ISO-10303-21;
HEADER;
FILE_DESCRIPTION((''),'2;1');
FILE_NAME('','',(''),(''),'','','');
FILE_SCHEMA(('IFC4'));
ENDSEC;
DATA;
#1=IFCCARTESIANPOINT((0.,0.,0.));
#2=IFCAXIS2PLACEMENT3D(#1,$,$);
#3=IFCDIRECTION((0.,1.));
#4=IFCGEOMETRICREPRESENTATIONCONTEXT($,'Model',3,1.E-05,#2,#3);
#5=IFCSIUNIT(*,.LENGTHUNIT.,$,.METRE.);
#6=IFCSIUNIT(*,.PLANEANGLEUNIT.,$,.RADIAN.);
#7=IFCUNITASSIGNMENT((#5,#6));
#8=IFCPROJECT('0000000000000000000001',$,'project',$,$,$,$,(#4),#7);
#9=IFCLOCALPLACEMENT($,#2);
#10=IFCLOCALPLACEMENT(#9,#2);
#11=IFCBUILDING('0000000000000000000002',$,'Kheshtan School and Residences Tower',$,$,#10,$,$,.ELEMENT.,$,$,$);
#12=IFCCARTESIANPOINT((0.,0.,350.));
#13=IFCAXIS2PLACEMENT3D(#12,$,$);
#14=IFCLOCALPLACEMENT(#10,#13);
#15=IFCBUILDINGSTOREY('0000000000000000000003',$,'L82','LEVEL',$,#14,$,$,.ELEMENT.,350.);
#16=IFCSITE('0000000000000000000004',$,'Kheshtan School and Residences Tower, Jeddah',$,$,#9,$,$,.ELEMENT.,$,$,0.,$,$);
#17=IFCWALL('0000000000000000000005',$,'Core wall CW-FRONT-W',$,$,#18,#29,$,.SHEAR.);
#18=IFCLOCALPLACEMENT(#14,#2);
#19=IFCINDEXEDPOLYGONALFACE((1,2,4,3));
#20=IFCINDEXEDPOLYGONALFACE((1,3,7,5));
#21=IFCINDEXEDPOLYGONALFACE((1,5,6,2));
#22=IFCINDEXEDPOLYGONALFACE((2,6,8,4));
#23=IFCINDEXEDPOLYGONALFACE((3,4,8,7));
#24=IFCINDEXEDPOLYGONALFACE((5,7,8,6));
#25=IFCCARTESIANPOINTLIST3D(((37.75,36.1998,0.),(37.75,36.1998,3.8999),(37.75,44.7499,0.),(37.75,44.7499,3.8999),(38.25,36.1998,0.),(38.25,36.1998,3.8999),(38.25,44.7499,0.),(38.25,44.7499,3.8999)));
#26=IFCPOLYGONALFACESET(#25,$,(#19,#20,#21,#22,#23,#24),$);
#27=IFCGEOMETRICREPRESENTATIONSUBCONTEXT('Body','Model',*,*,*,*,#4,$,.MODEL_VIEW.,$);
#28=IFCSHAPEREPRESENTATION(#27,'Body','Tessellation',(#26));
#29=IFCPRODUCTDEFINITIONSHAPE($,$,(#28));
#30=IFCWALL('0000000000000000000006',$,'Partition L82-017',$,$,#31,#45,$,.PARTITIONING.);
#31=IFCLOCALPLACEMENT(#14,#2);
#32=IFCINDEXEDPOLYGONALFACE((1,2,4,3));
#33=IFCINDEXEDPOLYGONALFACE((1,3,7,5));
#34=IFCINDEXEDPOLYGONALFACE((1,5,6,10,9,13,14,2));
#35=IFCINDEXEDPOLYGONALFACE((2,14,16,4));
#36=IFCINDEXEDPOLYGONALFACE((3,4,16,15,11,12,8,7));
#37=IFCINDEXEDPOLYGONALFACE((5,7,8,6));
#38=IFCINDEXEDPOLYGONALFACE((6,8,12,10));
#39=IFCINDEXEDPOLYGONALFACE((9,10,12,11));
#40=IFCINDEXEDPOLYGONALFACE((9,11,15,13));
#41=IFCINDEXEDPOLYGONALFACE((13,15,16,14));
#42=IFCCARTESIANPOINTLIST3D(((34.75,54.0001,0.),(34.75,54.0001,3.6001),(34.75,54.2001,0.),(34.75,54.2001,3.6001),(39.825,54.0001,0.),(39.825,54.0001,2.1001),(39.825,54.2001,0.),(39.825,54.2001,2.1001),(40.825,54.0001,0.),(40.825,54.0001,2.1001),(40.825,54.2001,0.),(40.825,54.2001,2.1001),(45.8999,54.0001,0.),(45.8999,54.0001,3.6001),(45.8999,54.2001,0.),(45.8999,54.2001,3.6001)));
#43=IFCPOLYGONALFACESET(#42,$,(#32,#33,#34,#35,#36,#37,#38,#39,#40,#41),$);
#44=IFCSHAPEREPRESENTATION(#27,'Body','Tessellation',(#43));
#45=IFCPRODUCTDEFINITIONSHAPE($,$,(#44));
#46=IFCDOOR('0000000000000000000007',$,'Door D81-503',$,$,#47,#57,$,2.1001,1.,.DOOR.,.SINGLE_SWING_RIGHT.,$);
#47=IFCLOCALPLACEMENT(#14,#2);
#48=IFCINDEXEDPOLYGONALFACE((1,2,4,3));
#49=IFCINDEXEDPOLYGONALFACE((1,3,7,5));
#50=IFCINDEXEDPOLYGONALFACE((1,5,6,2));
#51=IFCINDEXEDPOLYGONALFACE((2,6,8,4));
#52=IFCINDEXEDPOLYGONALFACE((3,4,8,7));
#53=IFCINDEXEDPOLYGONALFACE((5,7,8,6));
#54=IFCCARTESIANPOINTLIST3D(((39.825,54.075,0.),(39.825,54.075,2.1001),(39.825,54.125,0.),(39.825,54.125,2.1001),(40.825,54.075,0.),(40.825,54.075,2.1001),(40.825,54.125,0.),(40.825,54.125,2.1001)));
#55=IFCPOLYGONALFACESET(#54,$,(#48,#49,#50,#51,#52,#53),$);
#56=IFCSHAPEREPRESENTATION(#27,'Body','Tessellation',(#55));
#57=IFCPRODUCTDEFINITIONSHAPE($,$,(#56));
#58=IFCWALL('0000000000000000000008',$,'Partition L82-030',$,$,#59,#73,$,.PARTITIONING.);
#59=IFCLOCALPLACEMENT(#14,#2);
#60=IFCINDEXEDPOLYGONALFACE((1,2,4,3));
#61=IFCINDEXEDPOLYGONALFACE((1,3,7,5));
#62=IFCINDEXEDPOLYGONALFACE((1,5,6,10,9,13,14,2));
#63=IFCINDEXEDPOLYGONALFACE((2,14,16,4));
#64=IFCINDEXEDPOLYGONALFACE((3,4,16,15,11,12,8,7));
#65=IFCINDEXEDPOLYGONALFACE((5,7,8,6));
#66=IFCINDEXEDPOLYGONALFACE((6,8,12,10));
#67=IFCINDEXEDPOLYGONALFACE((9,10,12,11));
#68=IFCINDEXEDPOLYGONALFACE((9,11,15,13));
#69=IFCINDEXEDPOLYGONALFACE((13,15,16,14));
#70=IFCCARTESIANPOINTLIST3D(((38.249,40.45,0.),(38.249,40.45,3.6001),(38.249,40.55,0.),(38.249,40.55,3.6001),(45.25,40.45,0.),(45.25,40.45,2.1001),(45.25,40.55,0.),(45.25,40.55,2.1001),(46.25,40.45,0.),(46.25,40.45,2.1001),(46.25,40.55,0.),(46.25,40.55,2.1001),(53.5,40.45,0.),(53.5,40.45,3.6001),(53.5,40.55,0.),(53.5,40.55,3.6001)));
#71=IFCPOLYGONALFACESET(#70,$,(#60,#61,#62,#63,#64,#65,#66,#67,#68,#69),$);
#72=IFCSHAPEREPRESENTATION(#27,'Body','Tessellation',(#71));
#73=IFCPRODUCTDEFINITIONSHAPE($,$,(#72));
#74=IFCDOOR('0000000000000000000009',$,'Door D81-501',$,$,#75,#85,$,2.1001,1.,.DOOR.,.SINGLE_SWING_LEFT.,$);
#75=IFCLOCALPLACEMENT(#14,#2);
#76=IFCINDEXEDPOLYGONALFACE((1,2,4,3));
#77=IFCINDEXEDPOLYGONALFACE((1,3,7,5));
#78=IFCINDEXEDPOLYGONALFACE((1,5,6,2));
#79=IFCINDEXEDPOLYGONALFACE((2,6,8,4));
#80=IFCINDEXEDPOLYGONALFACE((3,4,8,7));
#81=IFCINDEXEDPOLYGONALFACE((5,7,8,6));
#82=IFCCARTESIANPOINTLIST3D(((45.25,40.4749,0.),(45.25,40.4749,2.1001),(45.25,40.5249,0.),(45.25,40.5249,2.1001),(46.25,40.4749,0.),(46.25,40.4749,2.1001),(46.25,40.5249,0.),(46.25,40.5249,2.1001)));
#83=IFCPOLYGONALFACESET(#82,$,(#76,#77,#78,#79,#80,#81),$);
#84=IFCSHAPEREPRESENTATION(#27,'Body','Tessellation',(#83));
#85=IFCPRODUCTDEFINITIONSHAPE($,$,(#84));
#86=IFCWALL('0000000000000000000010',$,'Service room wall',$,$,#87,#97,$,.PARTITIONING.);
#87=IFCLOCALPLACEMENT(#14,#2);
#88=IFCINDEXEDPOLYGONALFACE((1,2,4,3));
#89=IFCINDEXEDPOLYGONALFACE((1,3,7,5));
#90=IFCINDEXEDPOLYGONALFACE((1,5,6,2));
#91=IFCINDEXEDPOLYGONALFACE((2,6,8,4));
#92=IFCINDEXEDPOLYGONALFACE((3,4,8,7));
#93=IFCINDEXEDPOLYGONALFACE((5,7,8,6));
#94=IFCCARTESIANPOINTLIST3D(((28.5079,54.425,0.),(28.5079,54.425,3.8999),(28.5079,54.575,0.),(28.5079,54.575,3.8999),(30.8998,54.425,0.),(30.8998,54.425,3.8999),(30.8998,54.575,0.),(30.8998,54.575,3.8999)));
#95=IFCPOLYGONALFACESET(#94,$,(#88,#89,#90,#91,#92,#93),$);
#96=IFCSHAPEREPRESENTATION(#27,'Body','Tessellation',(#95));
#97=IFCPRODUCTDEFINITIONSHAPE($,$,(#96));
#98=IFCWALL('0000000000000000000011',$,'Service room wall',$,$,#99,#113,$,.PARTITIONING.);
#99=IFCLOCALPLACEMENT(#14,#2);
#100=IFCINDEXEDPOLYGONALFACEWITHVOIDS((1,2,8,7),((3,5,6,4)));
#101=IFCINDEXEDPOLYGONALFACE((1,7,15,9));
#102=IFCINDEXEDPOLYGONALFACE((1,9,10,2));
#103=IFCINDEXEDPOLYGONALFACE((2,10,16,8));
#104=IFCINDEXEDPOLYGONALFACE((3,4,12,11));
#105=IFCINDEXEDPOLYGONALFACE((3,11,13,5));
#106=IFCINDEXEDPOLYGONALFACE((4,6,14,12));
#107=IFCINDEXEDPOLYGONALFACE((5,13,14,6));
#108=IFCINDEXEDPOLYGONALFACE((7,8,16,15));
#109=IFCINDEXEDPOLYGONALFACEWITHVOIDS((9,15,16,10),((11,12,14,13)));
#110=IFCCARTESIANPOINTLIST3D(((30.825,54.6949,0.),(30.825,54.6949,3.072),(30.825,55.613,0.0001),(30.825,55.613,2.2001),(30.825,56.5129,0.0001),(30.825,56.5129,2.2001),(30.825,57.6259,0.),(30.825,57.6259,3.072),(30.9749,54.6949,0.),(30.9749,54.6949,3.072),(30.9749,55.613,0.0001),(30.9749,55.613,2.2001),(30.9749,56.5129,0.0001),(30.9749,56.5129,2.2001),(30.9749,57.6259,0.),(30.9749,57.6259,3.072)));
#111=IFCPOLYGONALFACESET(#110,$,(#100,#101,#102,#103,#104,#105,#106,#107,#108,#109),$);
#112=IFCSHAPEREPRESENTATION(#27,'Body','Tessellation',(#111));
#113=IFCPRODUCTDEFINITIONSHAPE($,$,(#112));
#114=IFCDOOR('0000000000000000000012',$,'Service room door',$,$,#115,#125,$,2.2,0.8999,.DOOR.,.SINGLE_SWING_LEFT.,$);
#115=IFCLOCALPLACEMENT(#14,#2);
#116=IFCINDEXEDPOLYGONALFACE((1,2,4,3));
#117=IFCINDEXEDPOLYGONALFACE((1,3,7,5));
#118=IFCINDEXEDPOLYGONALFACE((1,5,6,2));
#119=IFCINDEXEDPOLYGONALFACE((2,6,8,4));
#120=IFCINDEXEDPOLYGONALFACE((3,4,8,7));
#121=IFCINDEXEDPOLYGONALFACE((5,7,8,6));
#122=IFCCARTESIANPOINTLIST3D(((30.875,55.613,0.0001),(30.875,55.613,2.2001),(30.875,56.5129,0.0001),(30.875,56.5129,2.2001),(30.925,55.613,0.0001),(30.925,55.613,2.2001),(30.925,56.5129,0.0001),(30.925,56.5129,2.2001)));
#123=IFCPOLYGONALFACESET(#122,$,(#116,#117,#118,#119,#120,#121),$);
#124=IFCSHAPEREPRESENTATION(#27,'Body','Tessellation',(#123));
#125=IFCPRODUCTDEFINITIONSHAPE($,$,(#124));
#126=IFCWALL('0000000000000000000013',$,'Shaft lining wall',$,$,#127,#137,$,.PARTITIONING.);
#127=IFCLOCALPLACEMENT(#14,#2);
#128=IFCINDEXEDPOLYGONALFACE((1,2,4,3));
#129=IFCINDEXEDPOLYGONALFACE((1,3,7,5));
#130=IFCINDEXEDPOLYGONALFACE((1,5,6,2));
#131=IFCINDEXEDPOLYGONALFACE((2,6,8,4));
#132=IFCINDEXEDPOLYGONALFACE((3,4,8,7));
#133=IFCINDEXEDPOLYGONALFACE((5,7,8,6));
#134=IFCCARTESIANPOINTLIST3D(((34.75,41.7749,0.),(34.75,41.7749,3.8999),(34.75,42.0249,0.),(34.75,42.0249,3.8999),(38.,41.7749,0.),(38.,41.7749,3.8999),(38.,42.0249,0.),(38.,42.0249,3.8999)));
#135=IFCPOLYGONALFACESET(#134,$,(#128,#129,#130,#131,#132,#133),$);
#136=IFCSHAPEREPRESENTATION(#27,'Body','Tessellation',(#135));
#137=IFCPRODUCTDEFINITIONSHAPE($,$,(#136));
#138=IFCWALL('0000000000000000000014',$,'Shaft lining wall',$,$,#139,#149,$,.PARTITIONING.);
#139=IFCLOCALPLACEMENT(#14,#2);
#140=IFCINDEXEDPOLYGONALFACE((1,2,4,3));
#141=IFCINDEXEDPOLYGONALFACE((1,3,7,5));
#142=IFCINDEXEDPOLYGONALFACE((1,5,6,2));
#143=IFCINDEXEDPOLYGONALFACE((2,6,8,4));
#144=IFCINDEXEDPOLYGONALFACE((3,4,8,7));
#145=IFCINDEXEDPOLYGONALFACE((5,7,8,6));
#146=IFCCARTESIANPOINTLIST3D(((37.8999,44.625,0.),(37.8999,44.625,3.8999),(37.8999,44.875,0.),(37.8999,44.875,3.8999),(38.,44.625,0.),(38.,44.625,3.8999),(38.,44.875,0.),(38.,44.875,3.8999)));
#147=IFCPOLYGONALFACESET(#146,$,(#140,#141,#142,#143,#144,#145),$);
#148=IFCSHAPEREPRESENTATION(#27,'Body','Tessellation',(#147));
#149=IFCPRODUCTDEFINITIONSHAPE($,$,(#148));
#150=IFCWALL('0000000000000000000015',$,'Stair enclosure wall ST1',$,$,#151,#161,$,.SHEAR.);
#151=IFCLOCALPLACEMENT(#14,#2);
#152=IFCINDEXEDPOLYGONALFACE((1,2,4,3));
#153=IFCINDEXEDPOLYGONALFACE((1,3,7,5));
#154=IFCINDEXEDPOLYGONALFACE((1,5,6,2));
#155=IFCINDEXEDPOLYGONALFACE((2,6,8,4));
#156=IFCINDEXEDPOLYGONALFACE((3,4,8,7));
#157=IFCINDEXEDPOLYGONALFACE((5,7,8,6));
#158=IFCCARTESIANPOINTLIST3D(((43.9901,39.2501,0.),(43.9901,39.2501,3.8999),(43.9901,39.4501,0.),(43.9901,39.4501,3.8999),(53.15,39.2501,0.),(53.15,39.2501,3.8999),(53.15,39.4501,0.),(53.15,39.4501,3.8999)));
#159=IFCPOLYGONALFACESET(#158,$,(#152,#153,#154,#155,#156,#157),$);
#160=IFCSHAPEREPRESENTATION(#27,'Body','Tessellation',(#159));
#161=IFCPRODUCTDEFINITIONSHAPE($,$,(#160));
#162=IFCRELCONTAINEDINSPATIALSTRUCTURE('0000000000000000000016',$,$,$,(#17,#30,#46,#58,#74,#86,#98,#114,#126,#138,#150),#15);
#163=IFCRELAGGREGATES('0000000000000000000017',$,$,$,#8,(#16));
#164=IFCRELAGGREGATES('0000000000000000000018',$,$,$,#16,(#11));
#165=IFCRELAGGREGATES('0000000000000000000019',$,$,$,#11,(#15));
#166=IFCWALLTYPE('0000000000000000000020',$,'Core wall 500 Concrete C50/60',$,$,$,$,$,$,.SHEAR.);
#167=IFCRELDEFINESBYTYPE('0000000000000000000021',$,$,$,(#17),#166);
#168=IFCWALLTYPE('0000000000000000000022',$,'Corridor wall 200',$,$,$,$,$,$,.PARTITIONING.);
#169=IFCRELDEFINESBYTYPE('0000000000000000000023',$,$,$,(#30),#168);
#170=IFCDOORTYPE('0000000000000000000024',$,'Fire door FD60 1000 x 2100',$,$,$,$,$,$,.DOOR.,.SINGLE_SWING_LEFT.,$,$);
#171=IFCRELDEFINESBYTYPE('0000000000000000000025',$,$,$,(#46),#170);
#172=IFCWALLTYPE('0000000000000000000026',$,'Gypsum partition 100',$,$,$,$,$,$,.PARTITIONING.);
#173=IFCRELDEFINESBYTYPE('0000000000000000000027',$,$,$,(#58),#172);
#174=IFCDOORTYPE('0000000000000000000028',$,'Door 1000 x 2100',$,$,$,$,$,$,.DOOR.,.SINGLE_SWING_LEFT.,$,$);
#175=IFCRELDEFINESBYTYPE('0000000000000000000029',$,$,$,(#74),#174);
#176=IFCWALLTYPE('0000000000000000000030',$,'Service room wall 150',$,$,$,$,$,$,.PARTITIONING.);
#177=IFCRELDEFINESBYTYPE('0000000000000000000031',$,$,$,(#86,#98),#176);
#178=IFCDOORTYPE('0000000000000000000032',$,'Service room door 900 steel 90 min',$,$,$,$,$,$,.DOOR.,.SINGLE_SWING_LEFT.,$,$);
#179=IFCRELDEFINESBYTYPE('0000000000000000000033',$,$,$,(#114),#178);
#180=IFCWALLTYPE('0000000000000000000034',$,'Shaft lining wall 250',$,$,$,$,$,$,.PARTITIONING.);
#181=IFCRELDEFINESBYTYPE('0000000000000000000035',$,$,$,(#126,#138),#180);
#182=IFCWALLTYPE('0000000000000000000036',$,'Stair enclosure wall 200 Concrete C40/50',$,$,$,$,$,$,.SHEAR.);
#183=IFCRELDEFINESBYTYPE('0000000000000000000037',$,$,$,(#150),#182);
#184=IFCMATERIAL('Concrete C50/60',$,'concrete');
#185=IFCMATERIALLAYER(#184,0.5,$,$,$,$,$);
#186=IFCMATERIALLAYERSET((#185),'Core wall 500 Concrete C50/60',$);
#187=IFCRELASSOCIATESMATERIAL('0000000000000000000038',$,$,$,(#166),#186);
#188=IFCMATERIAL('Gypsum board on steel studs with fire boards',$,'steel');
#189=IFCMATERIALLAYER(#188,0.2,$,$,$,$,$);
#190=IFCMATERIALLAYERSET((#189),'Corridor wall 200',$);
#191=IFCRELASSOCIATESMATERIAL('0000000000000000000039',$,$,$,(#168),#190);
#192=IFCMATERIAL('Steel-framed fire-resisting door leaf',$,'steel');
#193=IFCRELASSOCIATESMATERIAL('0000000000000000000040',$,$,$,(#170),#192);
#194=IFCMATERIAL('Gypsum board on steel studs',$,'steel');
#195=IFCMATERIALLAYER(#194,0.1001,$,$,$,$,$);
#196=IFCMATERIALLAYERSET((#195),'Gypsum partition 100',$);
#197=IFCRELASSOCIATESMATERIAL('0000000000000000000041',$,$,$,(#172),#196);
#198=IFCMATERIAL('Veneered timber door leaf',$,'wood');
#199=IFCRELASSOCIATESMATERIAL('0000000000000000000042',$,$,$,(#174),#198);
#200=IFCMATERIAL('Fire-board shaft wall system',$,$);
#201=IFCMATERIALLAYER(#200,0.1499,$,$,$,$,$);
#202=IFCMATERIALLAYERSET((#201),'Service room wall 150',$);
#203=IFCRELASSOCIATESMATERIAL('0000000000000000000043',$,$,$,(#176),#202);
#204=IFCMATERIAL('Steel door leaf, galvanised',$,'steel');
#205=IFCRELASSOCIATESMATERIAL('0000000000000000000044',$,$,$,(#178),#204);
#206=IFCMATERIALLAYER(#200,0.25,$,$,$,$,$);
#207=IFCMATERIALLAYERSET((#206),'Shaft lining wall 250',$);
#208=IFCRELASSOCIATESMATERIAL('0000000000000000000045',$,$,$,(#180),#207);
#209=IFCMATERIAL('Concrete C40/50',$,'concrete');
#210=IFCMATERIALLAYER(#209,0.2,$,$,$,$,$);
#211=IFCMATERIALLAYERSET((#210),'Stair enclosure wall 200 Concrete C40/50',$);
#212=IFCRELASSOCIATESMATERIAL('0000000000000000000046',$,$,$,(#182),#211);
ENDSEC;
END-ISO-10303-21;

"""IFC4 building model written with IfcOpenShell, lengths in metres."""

from ifc_helpers import new_model, si_unit, direction, frame, frame_2d, origin, place, context, subcontext, project, spatial, rectangle, extrude, source, transform, mapped, material, layer, layer_set, type_object, element, fill, save


model = new_model("IFC4")

# Units and contexts
model_context = context("Model", 3, precision=1e-05, world=origin(), true_north=direction((0.0, 1.0)))
body_context = subcontext(model_context, "Body", "Model", "MODEL_VIEW")
ifc_project = project(units=[si_unit("LENGTHUNIT", "METRE"), si_unit("PLANEANGLEUNIT", "RADIAN")], contexts=[model_context])

# Site, building, storey
site_placement = place(None, origin())
site = spatial("IfcSite", under=ifc_project, at=site_placement, Name="Kheshtan School and Residences Tower, Jeddah", CompositionType="ELEMENT", RefElevation=0.0)
building_placement = place(site_placement, origin())
building = spatial("IfcBuilding", under=site, at=building_placement, Name="Kheshtan School and Residences Tower", CompositionType="ELEMENT")
storey_placement = place(building_placement, frame((0.0, 0.0, 350.0)))
storey = spatial("IfcBuildingStorey", under=building, at=storey_placement, Name="L82", Description="LEVEL", CompositionType="ELEMENT", Elevation=350.0)

# Wall
ifc_material_1 = material(Name="Concrete C50/60", Category="concrete")
ifc_layer_1 = layer(ifc_material_1, 0.5)
ifc_layer_set_1 = layer_set([ifc_layer_1], Name="Core wall 500 Concrete C50/60")
wall_type_1 = type_object("IfcWallType", Name="Core wall 500 Concrete C50/60", PredefinedType="SHEAR", material=ifc_layer_set_1)
wall_1_placement = place(storey_placement, frame((38.0, 36.2, 0.0), z_axis=(0.0, 0.0, 1.0), x_axis=(0.0, 1.0, 0.0)))
element("IfcWall", 1, at=wall_1_placement, inside=storey, type_object=wall_type_1, Name="Core wall CW-FRONT-W", PredefinedType="SHEAR", context=body_context, shape_type="SweptSolid", body=[
    extrude(rectangle(XDim=8.55, YDim=0.5, at=frame_2d((4.2749, 0.0))), origin(), (0.0, 0.0, 1.0), 3.8999),
])

# Walls, openings, doors
ifc_material_2 = material(Name="Gypsum board on steel studs with fire boards", Category="steel")
ifc_layer_2 = layer(ifc_material_2, 0.2)
ifc_layer_set_2 = layer_set([ifc_layer_2], Name="Corridor wall 200")
wall_type_2 = type_object("IfcWallType", Name="Corridor wall 200", PredefinedType="PARTITIONING", material=ifc_layer_set_2)
wall_2_placement = place(storey_placement, frame((34.75, 54.1001, 0.0), z_axis=(0.0, 0.0, 1.0), x_axis=(1.0, 0.0, 0.0)))
wall_2 = element("IfcWall", 2, at=wall_2_placement, inside=storey, type_object=wall_type_2, Name="Partition L82-017", PredefinedType="PARTITIONING", context=body_context, shape_type="SweptSolid", body=[
    extrude(rectangle(XDim=11.1499, YDim=0.2, at=frame_2d((5.575, 0.0))), origin(), (0.0, 0.0, 1.0), 3.6001),
])
opening_1_placement = place(wall_2_placement, frame((5.075, 0.0, 0.0)))
opening_1 = element("IfcOpeningElement", 3, at=opening_1_placement, cuts=wall_2, PredefinedType="OPENING", context=body_context, shape_type="SweptSolid", body=[
    extrude(rectangle(XDim=1.0, YDim=2.1001, at=frame_2d((0.5, 1.05))), frame((0.0, 0.1099, 0.0), z_axis=(0.0, -1.0, 0.0), x_axis=(1.0, 0.0, 0.0)), (0.0, 0.0, 1.0), 0.22),
])
ifc_material_3 = material(Name="Steel-framed fire-resisting door leaf", Category="steel")
door_type_1 = type_object("IfcDoorType", Name="Fire door FD60 1000 x 2100", OperationType="SINGLE_SWING_LEFT", PredefinedType="DOOR", material=ifc_material_3)
shared_shape_1 = source(origin(), body_context, "Body", "SweptSolid", [
    extrude(rectangle(XDim=1.0, YDim=2.1001, at=frame_2d((0.5, 1.05))), frame((0.0, 0.0249, 0.0), z_axis=(0.0, -1.0, 0.0), x_axis=(1.0, 0.0, 0.0)), (0.0, 0.0, 1.0), 0.05),
])
door_1_placement = place(opening_1_placement, origin())
door_1 = element("IfcDoor", 4, at=door_1_placement, inside=storey, type_object=door_type_1, Name="Door D81-503", OperationType="SINGLE_SWING_RIGHT", OverallHeight=2.1001, OverallWidth=1.0, PredefinedType="DOOR", context=body_context, shape_type="MappedRepresentation", body=[
    mapped(shared_shape_1, transform((0.0, 0.0, 0.0), x_axis=(1.0, 0.0, 0.0), y_axis=(0.0, 1.0, 0.0), z_axis=(0.0, 0.0, 1.0), scale=1.0)),
])
fill(opening_1, door_1)
ifc_material_4 = material(Name="Gypsum board on steel studs", Category="steel")
ifc_layer_3 = layer(ifc_material_4, 0.1001)
ifc_layer_set_3 = layer_set([ifc_layer_3], Name="Gypsum partition 100")
wall_type_3 = type_object("IfcWallType", Name="Gypsum partition 100", PredefinedType="PARTITIONING", material=ifc_layer_set_3)
wall_3_placement = place(storey_placement, frame((38.249, 40.5, 0.0), z_axis=(0.0, 0.0, 1.0), x_axis=(1.0, 0.0, 0.0)))
wall_3 = element("IfcWall", 5, at=wall_3_placement, inside=storey, type_object=wall_type_3, Name="Partition L82-030", PredefinedType="PARTITIONING", context=body_context, shape_type="SweptSolid", body=[
    extrude(rectangle(XDim=15.251, YDim=0.1001, at=frame_2d((7.6255, 0.0))), origin(), (0.0, 0.0, 1.0), 3.6001),
])
opening_2_placement = place(wall_3_placement, frame((7.001, 0.0, 0.0)))
opening_2 = element("IfcOpeningElement", 6, at=opening_2_placement, cuts=wall_3, PredefinedType="OPENING", context=body_context, shape_type="SweptSolid", body=[
    extrude(rectangle(XDim=1.0, YDim=2.1001, at=frame_2d((0.5, 1.05))), frame((0.0, 0.0601, 0.0), z_axis=(0.0, -1.0, 0.0), x_axis=(1.0, 0.0, 0.0)), (0.0, 0.0, 1.0), 0.1201),
])
ifc_material_5 = material(Name="Veneered timber door leaf", Category="wood")
door_type_2 = type_object("IfcDoorType", Name="Door 1000 x 2100", OperationType="SINGLE_SWING_LEFT", PredefinedType="DOOR", material=ifc_material_5)
shared_shape_2 = source(origin(), body_context, "Body", "SweptSolid", [
    extrude(rectangle(XDim=1.0, YDim=2.1001, at=frame_2d((0.5, 1.05))), frame((0.0, 0.0249, 0.0), z_axis=(0.0, -1.0, 0.0), x_axis=(1.0, 0.0, 0.0)), (0.0, 0.0, 1.0), 0.05),
])
door_2_placement = place(opening_2_placement, origin())
door_2 = element("IfcDoor", 7, at=door_2_placement, inside=storey, type_object=door_type_2, Name="Door D81-501", OperationType="SINGLE_SWING_LEFT", OverallHeight=2.1001, OverallWidth=1.0, PredefinedType="DOOR", context=body_context, shape_type="MappedRepresentation", body=[
    mapped(shared_shape_2, transform((0.0, 0.0, 0.0), x_axis=(1.0, 0.0, 0.0), y_axis=(0.0, 1.0, 0.0), z_axis=(0.0, 0.0, 1.0), scale=1.0)),
])
fill(opening_2, door_2)

# Wall
ifc_material_6 = material(Name="Fire-board shaft wall system")
ifc_layer_4 = layer(ifc_material_6, 0.1499)
ifc_layer_set_4 = layer_set([ifc_layer_4], Name="Service room wall 150")
wall_type_4 = type_object("IfcWallType", Name="Service room wall 150", PredefinedType="PARTITIONING", material=ifc_layer_set_4)
wall_4_placement = place(storey_placement, frame((28.5081, 54.5, 0.0), z_axis=(0.0, 0.0, 1.0), x_axis=(1.0, 0.0, 0.0)))
element("IfcWall", 8, at=wall_4_placement, inside=storey, type_object=wall_type_4, Name="Service room wall", PredefinedType="PARTITIONING", context=body_context, shape_type="SweptSolid", body=[
    extrude(rectangle(XDim=2.3918, YDim=0.1499, at=frame_2d((1.1958, 0.0))), origin(), (0.0, 0.0, 1.0), 3.8999),
])

# Wall, opening, door
wall_5_placement = place(storey_placement, frame((30.8999, 54.6951, 0.0), z_axis=(0.0, 0.0, 1.0), x_axis=(0.0, 1.0, 0.0)))
wall_5 = element("IfcWall", 9, at=wall_5_placement, inside=storey, type_object=wall_type_4, Name="Service room wall", PredefinedType="PARTITIONING", context=body_context, shape_type="SweptSolid", body=[
    extrude(rectangle(XDim=2.9309, YDim=0.1499, at=frame_2d((1.4653, 0.0))), origin(), (0.0, 0.0, 1.0), 3.072),
])
opening_3_placement = place(wall_5_placement, frame((0.918, 0.0, 0.0)))
opening_3 = element("IfcOpeningElement", 10, at=opening_3_placement, cuts=wall_5, PredefinedType="OPENING", context=body_context, shape_type="SweptSolid", body=[
    extrude(rectangle(XDim=0.8999, YDim=2.2, at=frame_2d((0.45, 1.1001))), frame((0.0, 0.085, 0.0), z_axis=(0.0, -1.0, 0.0), x_axis=(1.0, 0.0, 0.0)), (0.0, 0.0, 1.0), 0.1699),
])
ifc_material_7 = material(Name="Steel door leaf, galvanised", Category="steel")
door_type_3 = type_object("IfcDoorType", Name="Service room door 900 steel 90 min", OperationType="SINGLE_SWING_LEFT", PredefinedType="DOOR", material=ifc_material_7)
shared_shape_3 = source(origin(), body_context, "Body", "SweptSolid", [
    extrude(rectangle(XDim=0.8999, YDim=2.2, at=frame_2d((0.45, 1.1001))), frame((0.0, 0.0249, 0.0), z_axis=(0.0, -1.0, 0.0), x_axis=(1.0, 0.0, 0.0)), (0.0, 0.0, 1.0), 0.05),
])
door_3_placement = place(opening_3_placement, origin())
door_3 = element("IfcDoor", 11, at=door_3_placement, inside=storey, type_object=door_type_3, Name="Service room door", OperationType="SINGLE_SWING_LEFT", OverallHeight=2.2, OverallWidth=0.8999, PredefinedType="DOOR", context=body_context, shape_type="MappedRepresentation", body=[
    mapped(shared_shape_3, transform((0.0, 0.0, 0.0), x_axis=(1.0, 0.0, 0.0), y_axis=(0.0, 1.0, 0.0), z_axis=(0.0, 0.0, 1.0), scale=1.0)),
])
fill(opening_3, door_3)

# Walls
ifc_layer_5 = layer(ifc_material_6, 0.25)
ifc_layer_set_5 = layer_set([ifc_layer_5], Name="Shaft lining wall 250")
wall_type_5 = type_object("IfcWallType", Name="Shaft lining wall 250", PredefinedType="PARTITIONING", material=ifc_layer_set_5)
wall_6_placement = place(storey_placement, frame((34.75, 41.8999, 0.0), z_axis=(0.0, 0.0, 1.0), x_axis=(1.0, 0.0, 0.0)))
element("IfcWall", 12, at=wall_6_placement, inside=storey, type_object=wall_type_5, Name="Shaft lining wall", PredefinedType="PARTITIONING", context=body_context, shape_type="SweptSolid", body=[
    extrude(rectangle(XDim=3.25, YDim=0.25, at=frame_2d((1.625, 0.0))), origin(), (0.0, 0.0, 1.0), 3.8999),
])
wall_7_placement = place(storey_placement, frame((37.8999, 44.75, 0.0), z_axis=(0.0, 0.0, 1.0), x_axis=(1.0, 0.0, 0.0)))
element("IfcWall", 13, at=wall_7_placement, inside=storey, type_object=wall_type_5, Name="Shaft lining wall", PredefinedType="PARTITIONING", context=body_context, shape_type="SweptSolid", body=[
    extrude(rectangle(XDim=0.1001, YDim=0.25, at=frame_2d((0.05, 0.0))), origin(), (0.0, 0.0, 1.0), 3.8999),
])
ifc_material_8 = material(Name="Concrete C40/50", Category="concrete")
ifc_layer_6 = layer(ifc_material_8, 0.2)
ifc_layer_set_6 = layer_set([ifc_layer_6], Name="Stair enclosure wall 200 Concrete C40/50")
wall_type_6 = type_object("IfcWallType", Name="Stair enclosure wall 200 Concrete C40/50", PredefinedType="SHEAR", material=ifc_layer_set_6)
wall_8_placement = place(storey_placement, frame((43.99, 39.3501, 0.0), z_axis=(0.0, 0.0, 1.0), x_axis=(1.0, 0.0, 0.0)))
element("IfcWall", 14, at=wall_8_placement, inside=storey, type_object=wall_type_6, Name="Stair enclosure wall ST1", PredefinedType="SHEAR", context=body_context, shape_type="SweptSolid", body=[
    extrude(rectangle(XDim=9.1599, YDim=0.2, at=frame_2d((4.5801, 0.0))), origin(), (0.0, 0.0, 1.0), 3.8999),
])

save(model, "model.ifc")
